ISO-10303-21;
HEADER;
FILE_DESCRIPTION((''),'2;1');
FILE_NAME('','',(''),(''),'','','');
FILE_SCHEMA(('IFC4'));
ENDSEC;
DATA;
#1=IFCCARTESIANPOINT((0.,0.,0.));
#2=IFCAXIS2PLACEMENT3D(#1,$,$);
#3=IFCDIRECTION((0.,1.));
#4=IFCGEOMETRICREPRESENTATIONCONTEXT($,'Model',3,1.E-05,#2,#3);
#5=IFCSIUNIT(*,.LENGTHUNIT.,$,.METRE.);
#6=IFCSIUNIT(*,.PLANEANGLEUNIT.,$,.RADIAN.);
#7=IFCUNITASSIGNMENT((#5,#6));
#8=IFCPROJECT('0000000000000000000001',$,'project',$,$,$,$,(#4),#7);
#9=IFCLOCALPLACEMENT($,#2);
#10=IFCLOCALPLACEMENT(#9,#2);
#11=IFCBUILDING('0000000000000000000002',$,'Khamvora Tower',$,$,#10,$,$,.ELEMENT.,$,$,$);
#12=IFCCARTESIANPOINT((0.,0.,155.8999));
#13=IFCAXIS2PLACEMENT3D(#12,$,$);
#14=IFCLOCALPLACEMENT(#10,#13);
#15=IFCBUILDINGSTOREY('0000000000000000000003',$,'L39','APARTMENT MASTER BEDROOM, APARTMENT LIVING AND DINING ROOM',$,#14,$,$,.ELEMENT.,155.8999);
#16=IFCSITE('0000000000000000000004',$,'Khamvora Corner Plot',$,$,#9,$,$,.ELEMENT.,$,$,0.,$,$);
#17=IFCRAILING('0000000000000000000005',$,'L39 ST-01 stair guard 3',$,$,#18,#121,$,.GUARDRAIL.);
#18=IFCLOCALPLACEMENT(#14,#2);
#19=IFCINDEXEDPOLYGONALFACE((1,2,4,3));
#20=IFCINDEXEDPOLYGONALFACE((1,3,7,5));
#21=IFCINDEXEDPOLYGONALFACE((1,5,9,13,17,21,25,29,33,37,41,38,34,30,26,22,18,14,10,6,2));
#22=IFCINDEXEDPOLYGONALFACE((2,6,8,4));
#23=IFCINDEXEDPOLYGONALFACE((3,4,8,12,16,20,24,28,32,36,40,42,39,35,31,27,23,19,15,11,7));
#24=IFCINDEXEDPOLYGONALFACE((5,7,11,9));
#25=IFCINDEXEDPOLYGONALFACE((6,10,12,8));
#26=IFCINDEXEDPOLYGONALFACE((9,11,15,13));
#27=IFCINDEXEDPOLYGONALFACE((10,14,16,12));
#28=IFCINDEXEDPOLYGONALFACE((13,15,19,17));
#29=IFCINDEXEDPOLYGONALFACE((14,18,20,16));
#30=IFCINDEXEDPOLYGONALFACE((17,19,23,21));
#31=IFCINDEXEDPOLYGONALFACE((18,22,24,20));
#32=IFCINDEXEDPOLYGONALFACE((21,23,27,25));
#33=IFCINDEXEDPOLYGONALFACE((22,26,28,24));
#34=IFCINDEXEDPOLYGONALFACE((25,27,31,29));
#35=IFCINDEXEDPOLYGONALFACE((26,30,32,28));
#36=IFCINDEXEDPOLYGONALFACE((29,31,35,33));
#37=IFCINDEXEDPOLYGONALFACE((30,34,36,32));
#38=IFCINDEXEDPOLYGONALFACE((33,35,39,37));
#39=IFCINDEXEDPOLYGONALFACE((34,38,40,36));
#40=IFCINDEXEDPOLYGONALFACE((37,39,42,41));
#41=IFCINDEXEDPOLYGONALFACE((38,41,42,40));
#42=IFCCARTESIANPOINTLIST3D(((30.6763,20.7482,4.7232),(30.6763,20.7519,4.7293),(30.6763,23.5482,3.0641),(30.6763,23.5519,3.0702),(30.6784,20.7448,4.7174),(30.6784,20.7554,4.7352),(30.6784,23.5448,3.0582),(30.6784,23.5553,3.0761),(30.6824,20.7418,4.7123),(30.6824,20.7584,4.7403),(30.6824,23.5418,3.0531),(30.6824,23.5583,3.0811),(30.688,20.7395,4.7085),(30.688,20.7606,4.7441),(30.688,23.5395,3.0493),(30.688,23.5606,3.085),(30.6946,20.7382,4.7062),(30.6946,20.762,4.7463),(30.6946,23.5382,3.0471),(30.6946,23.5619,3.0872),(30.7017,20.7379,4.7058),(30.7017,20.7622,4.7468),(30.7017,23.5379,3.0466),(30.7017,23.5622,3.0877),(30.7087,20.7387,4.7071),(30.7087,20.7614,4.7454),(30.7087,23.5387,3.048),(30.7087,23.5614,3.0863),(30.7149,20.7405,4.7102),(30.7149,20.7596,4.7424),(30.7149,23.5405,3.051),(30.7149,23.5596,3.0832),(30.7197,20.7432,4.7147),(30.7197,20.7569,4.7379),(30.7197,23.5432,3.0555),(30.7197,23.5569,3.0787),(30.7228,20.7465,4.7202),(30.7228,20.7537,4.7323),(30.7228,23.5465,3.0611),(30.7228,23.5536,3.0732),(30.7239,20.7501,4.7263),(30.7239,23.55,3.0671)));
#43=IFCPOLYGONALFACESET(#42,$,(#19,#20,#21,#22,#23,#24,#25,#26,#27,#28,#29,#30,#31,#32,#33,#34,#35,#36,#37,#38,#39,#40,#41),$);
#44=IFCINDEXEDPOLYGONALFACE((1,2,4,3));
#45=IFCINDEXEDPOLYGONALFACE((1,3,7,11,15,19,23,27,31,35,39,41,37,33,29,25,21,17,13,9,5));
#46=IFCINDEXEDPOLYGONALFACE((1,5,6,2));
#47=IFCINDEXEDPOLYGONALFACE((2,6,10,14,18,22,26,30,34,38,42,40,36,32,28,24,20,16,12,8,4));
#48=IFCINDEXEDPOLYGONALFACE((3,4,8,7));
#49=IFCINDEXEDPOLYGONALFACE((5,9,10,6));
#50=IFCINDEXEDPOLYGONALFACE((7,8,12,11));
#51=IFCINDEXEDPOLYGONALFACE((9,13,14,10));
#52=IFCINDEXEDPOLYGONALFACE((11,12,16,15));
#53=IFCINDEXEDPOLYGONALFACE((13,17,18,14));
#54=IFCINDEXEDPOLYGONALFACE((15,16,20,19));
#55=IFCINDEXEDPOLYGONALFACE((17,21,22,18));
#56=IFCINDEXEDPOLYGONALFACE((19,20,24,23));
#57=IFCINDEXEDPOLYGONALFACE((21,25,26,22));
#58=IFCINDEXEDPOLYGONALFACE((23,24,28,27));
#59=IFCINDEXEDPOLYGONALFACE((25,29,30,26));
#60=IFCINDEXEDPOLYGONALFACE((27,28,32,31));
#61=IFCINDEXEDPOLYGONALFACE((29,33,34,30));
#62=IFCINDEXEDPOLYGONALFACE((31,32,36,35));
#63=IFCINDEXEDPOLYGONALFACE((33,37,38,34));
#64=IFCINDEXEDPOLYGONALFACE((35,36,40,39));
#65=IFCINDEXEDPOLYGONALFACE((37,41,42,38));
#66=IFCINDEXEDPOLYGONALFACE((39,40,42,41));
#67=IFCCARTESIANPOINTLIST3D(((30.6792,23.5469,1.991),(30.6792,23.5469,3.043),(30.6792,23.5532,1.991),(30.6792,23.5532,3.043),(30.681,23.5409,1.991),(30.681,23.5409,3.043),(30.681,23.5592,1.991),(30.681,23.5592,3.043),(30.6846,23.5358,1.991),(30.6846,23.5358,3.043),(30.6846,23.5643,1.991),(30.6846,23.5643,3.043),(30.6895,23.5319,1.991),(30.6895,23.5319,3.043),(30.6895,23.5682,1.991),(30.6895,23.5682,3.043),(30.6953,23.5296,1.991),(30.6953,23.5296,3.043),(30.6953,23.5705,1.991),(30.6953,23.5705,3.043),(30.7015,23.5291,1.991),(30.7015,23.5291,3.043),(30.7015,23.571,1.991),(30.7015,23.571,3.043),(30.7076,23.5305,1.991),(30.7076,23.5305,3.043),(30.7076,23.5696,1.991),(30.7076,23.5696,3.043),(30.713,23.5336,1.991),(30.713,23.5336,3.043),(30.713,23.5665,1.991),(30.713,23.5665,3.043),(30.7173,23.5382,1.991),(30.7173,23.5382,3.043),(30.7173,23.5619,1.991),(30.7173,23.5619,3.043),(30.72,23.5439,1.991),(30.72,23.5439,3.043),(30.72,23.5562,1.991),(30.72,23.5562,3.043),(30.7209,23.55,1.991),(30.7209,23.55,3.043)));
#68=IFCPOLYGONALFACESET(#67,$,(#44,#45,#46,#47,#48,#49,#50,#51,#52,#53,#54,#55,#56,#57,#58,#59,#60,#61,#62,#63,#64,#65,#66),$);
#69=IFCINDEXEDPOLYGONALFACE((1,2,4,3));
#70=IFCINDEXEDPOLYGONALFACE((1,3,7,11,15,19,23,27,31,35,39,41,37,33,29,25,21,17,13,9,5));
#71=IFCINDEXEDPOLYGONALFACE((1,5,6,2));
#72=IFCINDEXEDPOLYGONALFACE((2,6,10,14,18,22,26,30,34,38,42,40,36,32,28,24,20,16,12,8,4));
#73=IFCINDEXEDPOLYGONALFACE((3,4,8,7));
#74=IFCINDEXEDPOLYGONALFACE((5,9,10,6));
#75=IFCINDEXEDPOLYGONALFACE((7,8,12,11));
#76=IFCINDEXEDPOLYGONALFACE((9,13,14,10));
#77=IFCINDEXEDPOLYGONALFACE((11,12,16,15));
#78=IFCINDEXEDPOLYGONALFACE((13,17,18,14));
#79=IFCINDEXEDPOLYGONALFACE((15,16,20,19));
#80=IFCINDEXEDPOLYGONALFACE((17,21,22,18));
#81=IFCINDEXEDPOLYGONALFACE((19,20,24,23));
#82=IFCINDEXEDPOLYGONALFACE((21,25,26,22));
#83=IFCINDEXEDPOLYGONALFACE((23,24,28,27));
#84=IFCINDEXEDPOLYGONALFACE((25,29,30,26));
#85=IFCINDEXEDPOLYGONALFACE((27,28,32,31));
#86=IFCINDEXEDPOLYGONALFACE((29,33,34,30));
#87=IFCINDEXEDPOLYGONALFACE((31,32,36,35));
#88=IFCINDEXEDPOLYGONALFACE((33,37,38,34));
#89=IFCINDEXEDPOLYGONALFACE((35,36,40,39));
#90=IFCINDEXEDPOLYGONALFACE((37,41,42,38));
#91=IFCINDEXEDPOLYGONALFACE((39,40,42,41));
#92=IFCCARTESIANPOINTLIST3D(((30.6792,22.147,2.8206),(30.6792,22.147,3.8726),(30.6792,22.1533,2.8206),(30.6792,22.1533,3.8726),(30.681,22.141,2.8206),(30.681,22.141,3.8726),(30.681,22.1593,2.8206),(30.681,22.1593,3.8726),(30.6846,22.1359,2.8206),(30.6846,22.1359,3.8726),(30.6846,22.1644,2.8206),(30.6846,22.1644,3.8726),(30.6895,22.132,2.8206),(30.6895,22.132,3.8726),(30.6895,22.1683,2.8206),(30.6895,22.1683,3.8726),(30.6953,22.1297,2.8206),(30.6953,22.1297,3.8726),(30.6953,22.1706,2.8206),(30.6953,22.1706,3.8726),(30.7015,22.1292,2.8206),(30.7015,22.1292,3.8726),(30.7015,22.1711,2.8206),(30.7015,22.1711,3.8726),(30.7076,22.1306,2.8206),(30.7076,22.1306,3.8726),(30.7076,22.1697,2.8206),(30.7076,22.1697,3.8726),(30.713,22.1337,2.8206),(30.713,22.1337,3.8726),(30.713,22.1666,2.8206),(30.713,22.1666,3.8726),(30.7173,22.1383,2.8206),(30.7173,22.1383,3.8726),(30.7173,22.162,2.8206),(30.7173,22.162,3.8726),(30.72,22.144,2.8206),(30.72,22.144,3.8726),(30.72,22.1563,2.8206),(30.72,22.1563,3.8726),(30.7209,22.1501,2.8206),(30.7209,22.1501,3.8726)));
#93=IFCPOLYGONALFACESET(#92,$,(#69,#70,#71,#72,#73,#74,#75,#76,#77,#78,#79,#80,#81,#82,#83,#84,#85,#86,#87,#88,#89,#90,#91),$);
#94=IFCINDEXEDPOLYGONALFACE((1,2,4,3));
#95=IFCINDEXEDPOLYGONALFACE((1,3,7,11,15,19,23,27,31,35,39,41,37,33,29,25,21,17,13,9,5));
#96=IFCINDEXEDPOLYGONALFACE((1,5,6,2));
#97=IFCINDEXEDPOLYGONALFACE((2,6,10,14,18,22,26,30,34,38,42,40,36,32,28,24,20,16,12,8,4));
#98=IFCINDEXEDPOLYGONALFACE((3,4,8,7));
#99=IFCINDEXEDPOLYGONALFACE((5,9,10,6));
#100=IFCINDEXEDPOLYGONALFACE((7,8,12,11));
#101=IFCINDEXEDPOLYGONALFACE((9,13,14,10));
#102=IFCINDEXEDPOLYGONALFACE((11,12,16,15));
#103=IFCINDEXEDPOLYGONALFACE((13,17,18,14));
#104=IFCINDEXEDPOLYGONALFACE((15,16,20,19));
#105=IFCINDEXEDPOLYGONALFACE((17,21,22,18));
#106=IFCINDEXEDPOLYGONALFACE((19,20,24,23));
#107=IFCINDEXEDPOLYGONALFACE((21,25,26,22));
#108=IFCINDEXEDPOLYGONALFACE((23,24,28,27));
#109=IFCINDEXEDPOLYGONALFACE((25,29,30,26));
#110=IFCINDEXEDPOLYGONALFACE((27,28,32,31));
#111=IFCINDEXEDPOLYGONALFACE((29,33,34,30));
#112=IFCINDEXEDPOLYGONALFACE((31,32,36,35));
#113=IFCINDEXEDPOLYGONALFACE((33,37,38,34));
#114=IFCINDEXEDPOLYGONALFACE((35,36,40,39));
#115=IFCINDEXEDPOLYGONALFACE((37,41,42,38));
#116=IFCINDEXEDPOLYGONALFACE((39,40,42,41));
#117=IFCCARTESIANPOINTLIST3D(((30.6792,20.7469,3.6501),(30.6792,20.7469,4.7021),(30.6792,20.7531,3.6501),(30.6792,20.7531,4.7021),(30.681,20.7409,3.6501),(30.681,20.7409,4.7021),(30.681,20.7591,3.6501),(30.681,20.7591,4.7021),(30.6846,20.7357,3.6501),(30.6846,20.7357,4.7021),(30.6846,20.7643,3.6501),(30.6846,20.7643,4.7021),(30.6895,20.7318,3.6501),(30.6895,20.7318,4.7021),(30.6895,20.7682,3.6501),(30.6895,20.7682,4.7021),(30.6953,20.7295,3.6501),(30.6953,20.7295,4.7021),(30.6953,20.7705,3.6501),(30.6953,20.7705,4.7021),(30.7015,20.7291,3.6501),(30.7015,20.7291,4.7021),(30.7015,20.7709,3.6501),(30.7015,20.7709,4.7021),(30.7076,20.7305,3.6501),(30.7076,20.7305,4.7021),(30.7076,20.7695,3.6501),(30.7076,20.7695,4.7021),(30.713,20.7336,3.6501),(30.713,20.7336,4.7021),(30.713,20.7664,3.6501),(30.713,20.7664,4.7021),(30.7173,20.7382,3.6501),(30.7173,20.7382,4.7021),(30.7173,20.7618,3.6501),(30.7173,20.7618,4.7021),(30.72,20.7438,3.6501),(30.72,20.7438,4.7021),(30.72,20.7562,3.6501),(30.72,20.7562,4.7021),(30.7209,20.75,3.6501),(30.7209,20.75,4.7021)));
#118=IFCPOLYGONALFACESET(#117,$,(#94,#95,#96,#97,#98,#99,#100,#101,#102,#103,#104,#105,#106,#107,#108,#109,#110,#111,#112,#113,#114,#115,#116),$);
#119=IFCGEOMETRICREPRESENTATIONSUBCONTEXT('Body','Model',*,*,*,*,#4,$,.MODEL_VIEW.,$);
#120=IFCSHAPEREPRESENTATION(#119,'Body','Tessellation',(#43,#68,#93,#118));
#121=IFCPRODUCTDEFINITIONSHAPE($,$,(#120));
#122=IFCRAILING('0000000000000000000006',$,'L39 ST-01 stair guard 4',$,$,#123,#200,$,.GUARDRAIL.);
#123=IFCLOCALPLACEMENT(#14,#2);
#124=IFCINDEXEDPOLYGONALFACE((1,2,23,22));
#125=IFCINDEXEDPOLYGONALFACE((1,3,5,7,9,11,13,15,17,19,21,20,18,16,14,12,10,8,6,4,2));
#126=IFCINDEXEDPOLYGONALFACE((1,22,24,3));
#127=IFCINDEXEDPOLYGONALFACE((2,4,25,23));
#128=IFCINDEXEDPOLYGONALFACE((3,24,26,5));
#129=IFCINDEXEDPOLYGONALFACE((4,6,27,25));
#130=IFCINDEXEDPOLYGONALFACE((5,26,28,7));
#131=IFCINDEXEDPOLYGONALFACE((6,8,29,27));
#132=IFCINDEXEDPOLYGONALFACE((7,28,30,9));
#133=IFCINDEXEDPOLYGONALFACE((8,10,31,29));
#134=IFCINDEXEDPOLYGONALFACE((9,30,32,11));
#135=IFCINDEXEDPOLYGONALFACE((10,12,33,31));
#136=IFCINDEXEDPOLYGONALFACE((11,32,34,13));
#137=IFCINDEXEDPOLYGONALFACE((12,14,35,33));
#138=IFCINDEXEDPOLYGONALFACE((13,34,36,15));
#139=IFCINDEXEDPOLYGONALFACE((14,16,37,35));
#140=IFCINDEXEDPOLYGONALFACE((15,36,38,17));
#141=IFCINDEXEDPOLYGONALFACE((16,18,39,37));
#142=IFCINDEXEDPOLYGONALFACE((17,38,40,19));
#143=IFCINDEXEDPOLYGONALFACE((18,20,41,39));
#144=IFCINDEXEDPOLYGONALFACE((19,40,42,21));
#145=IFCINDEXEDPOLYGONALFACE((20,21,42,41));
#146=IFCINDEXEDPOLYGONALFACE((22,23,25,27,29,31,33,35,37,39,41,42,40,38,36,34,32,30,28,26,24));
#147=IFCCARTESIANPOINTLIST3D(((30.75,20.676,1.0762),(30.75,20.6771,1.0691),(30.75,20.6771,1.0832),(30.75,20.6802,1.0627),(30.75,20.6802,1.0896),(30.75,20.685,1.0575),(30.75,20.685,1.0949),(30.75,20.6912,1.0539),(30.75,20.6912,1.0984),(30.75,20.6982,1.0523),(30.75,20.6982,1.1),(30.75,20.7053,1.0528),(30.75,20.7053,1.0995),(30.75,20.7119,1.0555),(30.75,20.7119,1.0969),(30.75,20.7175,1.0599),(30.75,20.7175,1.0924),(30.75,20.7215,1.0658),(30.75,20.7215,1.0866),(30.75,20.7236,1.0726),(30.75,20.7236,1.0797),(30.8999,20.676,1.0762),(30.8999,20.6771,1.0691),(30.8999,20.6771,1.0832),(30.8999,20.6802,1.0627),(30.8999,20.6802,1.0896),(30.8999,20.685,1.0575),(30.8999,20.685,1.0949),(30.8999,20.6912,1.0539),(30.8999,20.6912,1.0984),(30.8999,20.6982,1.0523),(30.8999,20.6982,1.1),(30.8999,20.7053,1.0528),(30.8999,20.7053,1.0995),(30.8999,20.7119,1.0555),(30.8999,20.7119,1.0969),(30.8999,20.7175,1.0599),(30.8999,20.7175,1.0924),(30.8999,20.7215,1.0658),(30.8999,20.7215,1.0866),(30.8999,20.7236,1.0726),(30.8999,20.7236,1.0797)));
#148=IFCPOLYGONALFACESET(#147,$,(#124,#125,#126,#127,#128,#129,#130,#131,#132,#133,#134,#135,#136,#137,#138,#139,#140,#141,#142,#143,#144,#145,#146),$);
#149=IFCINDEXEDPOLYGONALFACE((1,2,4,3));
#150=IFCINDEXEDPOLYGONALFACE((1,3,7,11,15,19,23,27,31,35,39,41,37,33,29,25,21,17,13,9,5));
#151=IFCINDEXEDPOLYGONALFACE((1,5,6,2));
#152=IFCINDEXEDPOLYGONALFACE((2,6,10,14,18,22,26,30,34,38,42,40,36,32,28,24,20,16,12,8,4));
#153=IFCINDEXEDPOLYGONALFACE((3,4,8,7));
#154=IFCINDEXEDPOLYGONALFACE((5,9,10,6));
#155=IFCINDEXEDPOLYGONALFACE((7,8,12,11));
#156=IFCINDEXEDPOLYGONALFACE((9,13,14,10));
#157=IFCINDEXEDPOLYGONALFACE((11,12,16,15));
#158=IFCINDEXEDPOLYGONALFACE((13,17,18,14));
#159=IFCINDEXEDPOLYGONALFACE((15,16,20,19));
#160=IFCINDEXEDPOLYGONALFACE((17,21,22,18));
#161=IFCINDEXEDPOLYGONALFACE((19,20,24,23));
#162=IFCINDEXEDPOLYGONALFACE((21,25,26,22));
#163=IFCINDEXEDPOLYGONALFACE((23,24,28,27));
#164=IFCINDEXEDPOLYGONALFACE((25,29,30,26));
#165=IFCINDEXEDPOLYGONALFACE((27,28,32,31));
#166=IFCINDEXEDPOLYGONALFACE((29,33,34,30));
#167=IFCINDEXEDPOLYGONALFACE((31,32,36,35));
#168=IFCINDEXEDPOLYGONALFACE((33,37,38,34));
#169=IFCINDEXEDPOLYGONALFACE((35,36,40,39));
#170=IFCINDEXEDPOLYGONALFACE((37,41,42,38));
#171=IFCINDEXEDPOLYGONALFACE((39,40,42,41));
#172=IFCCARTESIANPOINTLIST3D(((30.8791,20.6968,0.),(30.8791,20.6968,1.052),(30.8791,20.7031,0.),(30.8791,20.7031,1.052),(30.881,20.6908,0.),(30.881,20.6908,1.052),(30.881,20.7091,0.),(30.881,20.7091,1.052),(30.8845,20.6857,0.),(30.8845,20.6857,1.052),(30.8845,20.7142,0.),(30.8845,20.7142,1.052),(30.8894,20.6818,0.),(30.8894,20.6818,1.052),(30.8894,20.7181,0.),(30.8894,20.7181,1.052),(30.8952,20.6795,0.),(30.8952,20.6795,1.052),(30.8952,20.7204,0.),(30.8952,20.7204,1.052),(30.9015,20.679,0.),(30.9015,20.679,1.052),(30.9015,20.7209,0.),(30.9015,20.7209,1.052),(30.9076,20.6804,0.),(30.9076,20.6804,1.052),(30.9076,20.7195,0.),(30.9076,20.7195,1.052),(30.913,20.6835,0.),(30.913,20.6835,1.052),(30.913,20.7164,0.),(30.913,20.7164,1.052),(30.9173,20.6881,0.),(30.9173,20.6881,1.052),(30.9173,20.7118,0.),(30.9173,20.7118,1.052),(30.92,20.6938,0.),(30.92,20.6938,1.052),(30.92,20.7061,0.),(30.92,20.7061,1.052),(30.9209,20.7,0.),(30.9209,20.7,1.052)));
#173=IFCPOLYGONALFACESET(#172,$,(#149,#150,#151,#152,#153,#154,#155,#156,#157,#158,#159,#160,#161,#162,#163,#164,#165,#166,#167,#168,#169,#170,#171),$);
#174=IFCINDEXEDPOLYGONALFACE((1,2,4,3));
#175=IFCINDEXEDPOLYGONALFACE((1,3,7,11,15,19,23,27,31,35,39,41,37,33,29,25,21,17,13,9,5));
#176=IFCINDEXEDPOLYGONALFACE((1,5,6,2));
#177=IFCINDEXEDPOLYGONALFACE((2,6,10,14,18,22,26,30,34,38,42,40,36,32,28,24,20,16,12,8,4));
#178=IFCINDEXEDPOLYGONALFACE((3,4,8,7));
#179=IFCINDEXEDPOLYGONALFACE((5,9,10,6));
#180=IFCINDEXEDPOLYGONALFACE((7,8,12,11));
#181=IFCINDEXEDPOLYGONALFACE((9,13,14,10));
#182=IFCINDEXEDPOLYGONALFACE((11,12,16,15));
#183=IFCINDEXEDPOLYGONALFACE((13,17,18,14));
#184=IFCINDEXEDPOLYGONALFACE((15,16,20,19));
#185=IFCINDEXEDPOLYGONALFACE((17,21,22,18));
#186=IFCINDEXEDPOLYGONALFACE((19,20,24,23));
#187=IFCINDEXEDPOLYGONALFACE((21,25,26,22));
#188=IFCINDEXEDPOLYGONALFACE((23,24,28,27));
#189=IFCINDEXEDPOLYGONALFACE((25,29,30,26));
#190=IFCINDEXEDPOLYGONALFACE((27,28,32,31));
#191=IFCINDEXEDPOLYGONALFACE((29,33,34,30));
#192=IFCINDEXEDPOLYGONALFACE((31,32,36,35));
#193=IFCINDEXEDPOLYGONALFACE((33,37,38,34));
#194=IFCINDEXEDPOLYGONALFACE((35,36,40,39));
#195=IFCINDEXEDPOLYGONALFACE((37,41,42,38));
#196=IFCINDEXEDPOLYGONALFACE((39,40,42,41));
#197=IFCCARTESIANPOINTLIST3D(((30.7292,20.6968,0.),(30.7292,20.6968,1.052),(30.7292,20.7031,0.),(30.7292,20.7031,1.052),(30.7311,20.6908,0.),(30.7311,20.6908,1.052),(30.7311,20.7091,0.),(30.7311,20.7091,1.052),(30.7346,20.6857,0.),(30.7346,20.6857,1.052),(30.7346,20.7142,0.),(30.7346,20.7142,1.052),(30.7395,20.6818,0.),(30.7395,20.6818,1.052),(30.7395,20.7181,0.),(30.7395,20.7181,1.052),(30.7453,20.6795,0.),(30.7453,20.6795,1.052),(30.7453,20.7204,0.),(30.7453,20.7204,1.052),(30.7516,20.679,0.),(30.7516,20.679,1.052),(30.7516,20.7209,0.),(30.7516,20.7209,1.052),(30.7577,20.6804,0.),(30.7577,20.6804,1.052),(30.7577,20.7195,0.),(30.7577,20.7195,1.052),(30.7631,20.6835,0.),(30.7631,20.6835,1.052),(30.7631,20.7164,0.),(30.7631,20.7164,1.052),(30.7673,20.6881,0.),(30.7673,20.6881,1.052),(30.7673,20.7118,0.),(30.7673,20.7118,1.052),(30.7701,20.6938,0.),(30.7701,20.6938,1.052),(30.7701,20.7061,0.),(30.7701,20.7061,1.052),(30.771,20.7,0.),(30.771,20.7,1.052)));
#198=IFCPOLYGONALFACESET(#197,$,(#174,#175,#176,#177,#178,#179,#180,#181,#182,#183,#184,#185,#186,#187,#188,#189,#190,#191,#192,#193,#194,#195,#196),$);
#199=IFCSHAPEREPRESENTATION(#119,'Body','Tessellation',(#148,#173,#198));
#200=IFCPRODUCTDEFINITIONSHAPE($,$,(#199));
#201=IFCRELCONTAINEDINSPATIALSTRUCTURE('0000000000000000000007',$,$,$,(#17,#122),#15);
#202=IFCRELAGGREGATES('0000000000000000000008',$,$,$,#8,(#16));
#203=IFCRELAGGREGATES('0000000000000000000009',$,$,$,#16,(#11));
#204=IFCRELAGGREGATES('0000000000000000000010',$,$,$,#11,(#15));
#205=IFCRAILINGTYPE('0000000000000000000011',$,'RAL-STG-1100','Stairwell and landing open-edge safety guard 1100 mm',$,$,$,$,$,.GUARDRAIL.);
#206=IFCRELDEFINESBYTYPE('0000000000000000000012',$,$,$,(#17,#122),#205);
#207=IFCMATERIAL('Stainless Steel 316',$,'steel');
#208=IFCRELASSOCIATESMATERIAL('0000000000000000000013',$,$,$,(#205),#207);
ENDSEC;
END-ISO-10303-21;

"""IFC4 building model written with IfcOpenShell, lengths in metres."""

from ifc_helpers import new_model, si_unit, direction, frame, origin, origin_2d, place, context, subcontext, project, spatial, circle, extrude, material, type_object, element, save


model = new_model("IFC4")

# Units and contexts
model_context = context("Model", 3, precision=1e-05, world=origin(), true_north=direction((0.0, 1.0)))
body_context = subcontext(model_context, "Body", "Model", "MODEL_VIEW")
ifc_project = project(units=[si_unit("LENGTHUNIT", "METRE"), si_unit("PLANEANGLEUNIT", "RADIAN")], contexts=[model_context])

# Site, building, storey
site_placement = place(None, origin())
site = spatial("IfcSite", under=ifc_project, at=site_placement, Name="Khamvora Corner Plot", CompositionType="ELEMENT", RefElevation=0.0)
building_placement = place(site_placement, origin())
building = spatial("IfcBuilding", under=site, at=building_placement, Name="Khamvora Tower", CompositionType="ELEMENT")
storey_placement = place(building_placement, frame((0.0, 0.0, 155.8999)))
storey = spatial("IfcBuildingStorey", under=building, at=storey_placement, Name="L39", Description="APARTMENT MASTER BEDROOM, APARTMENT LIVING AND DINING ROOM", CompositionType="ELEMENT", Elevation=155.8999)

# Railings
ifc_material_1 = material(Name="Stainless Steel 316", Category="steel")
railing_type_1 = type_object("IfcRailingType", Name="RAL-STG-1100", Description="Stairwell and landing open-edge safety guard 1100 mm", PredefinedType="GUARDRAIL", material=ifc_material_1)
railing_1_placement = place(storey_placement, frame((30.7, 23.55, 1.991)))
element("IfcRailing", 1, at=railing_1_placement, inside=storey, type_object=railing_type_1, Name="L39 ST-01 stair guard 3", PredefinedType="GUARDRAIL", context=body_context, shape_type="SweptSolid", body=[
    extrude(circle(Radius=0.0239, at=origin_2d()), frame((0.0, 0.0, 1.0762), z_axis=(0.0, -0.860306, 0.509778), x_axis=(1.0, 0.0, 0.0)), (0.0, 0.0, 1.0), 3.2546),
    extrude(circle(Radius=0.021, at=origin_2d()), origin(), (0.0, 0.0, 1.0), 1.052),
    extrude(circle(Radius=0.021, at=origin_2d()), frame((0.0, -1.3999, 0.8296)), (0.0, 0.0, 1.0), 1.052),
    extrude(circle(Radius=0.021, at=origin_2d()), frame((0.0, -2.8, 1.6592)), (0.0, 0.0, 1.0), 1.052),
])
railing_2_placement = place(storey_placement, frame((30.8999, 20.7, 0.0)))
element("IfcRailing", 2, at=railing_2_placement, inside=storey, type_object=railing_type_1, Name="L39 ST-01 stair guard 4", PredefinedType="GUARDRAIL", context=body_context, shape_type="SweptSolid", body=[
    extrude(circle(Radius=0.0239, at=origin_2d()), frame((0.0, 0.0, 1.0762), z_axis=(-1.0, 0.0, 0.0), x_axis=(0.0, -1.0, 0.0)), (0.0, 0.0, 1.0), 0.1499),
    extrude(circle(Radius=0.021, at=origin_2d()), origin(), (0.0, 0.0, 1.0), 1.052),
    extrude(circle(Radius=0.021, at=origin_2d()), frame((-0.1499, 0.0, 0.0)), (0.0, 0.0, 1.0), 1.052),
])

save(model, "model.ifc")
